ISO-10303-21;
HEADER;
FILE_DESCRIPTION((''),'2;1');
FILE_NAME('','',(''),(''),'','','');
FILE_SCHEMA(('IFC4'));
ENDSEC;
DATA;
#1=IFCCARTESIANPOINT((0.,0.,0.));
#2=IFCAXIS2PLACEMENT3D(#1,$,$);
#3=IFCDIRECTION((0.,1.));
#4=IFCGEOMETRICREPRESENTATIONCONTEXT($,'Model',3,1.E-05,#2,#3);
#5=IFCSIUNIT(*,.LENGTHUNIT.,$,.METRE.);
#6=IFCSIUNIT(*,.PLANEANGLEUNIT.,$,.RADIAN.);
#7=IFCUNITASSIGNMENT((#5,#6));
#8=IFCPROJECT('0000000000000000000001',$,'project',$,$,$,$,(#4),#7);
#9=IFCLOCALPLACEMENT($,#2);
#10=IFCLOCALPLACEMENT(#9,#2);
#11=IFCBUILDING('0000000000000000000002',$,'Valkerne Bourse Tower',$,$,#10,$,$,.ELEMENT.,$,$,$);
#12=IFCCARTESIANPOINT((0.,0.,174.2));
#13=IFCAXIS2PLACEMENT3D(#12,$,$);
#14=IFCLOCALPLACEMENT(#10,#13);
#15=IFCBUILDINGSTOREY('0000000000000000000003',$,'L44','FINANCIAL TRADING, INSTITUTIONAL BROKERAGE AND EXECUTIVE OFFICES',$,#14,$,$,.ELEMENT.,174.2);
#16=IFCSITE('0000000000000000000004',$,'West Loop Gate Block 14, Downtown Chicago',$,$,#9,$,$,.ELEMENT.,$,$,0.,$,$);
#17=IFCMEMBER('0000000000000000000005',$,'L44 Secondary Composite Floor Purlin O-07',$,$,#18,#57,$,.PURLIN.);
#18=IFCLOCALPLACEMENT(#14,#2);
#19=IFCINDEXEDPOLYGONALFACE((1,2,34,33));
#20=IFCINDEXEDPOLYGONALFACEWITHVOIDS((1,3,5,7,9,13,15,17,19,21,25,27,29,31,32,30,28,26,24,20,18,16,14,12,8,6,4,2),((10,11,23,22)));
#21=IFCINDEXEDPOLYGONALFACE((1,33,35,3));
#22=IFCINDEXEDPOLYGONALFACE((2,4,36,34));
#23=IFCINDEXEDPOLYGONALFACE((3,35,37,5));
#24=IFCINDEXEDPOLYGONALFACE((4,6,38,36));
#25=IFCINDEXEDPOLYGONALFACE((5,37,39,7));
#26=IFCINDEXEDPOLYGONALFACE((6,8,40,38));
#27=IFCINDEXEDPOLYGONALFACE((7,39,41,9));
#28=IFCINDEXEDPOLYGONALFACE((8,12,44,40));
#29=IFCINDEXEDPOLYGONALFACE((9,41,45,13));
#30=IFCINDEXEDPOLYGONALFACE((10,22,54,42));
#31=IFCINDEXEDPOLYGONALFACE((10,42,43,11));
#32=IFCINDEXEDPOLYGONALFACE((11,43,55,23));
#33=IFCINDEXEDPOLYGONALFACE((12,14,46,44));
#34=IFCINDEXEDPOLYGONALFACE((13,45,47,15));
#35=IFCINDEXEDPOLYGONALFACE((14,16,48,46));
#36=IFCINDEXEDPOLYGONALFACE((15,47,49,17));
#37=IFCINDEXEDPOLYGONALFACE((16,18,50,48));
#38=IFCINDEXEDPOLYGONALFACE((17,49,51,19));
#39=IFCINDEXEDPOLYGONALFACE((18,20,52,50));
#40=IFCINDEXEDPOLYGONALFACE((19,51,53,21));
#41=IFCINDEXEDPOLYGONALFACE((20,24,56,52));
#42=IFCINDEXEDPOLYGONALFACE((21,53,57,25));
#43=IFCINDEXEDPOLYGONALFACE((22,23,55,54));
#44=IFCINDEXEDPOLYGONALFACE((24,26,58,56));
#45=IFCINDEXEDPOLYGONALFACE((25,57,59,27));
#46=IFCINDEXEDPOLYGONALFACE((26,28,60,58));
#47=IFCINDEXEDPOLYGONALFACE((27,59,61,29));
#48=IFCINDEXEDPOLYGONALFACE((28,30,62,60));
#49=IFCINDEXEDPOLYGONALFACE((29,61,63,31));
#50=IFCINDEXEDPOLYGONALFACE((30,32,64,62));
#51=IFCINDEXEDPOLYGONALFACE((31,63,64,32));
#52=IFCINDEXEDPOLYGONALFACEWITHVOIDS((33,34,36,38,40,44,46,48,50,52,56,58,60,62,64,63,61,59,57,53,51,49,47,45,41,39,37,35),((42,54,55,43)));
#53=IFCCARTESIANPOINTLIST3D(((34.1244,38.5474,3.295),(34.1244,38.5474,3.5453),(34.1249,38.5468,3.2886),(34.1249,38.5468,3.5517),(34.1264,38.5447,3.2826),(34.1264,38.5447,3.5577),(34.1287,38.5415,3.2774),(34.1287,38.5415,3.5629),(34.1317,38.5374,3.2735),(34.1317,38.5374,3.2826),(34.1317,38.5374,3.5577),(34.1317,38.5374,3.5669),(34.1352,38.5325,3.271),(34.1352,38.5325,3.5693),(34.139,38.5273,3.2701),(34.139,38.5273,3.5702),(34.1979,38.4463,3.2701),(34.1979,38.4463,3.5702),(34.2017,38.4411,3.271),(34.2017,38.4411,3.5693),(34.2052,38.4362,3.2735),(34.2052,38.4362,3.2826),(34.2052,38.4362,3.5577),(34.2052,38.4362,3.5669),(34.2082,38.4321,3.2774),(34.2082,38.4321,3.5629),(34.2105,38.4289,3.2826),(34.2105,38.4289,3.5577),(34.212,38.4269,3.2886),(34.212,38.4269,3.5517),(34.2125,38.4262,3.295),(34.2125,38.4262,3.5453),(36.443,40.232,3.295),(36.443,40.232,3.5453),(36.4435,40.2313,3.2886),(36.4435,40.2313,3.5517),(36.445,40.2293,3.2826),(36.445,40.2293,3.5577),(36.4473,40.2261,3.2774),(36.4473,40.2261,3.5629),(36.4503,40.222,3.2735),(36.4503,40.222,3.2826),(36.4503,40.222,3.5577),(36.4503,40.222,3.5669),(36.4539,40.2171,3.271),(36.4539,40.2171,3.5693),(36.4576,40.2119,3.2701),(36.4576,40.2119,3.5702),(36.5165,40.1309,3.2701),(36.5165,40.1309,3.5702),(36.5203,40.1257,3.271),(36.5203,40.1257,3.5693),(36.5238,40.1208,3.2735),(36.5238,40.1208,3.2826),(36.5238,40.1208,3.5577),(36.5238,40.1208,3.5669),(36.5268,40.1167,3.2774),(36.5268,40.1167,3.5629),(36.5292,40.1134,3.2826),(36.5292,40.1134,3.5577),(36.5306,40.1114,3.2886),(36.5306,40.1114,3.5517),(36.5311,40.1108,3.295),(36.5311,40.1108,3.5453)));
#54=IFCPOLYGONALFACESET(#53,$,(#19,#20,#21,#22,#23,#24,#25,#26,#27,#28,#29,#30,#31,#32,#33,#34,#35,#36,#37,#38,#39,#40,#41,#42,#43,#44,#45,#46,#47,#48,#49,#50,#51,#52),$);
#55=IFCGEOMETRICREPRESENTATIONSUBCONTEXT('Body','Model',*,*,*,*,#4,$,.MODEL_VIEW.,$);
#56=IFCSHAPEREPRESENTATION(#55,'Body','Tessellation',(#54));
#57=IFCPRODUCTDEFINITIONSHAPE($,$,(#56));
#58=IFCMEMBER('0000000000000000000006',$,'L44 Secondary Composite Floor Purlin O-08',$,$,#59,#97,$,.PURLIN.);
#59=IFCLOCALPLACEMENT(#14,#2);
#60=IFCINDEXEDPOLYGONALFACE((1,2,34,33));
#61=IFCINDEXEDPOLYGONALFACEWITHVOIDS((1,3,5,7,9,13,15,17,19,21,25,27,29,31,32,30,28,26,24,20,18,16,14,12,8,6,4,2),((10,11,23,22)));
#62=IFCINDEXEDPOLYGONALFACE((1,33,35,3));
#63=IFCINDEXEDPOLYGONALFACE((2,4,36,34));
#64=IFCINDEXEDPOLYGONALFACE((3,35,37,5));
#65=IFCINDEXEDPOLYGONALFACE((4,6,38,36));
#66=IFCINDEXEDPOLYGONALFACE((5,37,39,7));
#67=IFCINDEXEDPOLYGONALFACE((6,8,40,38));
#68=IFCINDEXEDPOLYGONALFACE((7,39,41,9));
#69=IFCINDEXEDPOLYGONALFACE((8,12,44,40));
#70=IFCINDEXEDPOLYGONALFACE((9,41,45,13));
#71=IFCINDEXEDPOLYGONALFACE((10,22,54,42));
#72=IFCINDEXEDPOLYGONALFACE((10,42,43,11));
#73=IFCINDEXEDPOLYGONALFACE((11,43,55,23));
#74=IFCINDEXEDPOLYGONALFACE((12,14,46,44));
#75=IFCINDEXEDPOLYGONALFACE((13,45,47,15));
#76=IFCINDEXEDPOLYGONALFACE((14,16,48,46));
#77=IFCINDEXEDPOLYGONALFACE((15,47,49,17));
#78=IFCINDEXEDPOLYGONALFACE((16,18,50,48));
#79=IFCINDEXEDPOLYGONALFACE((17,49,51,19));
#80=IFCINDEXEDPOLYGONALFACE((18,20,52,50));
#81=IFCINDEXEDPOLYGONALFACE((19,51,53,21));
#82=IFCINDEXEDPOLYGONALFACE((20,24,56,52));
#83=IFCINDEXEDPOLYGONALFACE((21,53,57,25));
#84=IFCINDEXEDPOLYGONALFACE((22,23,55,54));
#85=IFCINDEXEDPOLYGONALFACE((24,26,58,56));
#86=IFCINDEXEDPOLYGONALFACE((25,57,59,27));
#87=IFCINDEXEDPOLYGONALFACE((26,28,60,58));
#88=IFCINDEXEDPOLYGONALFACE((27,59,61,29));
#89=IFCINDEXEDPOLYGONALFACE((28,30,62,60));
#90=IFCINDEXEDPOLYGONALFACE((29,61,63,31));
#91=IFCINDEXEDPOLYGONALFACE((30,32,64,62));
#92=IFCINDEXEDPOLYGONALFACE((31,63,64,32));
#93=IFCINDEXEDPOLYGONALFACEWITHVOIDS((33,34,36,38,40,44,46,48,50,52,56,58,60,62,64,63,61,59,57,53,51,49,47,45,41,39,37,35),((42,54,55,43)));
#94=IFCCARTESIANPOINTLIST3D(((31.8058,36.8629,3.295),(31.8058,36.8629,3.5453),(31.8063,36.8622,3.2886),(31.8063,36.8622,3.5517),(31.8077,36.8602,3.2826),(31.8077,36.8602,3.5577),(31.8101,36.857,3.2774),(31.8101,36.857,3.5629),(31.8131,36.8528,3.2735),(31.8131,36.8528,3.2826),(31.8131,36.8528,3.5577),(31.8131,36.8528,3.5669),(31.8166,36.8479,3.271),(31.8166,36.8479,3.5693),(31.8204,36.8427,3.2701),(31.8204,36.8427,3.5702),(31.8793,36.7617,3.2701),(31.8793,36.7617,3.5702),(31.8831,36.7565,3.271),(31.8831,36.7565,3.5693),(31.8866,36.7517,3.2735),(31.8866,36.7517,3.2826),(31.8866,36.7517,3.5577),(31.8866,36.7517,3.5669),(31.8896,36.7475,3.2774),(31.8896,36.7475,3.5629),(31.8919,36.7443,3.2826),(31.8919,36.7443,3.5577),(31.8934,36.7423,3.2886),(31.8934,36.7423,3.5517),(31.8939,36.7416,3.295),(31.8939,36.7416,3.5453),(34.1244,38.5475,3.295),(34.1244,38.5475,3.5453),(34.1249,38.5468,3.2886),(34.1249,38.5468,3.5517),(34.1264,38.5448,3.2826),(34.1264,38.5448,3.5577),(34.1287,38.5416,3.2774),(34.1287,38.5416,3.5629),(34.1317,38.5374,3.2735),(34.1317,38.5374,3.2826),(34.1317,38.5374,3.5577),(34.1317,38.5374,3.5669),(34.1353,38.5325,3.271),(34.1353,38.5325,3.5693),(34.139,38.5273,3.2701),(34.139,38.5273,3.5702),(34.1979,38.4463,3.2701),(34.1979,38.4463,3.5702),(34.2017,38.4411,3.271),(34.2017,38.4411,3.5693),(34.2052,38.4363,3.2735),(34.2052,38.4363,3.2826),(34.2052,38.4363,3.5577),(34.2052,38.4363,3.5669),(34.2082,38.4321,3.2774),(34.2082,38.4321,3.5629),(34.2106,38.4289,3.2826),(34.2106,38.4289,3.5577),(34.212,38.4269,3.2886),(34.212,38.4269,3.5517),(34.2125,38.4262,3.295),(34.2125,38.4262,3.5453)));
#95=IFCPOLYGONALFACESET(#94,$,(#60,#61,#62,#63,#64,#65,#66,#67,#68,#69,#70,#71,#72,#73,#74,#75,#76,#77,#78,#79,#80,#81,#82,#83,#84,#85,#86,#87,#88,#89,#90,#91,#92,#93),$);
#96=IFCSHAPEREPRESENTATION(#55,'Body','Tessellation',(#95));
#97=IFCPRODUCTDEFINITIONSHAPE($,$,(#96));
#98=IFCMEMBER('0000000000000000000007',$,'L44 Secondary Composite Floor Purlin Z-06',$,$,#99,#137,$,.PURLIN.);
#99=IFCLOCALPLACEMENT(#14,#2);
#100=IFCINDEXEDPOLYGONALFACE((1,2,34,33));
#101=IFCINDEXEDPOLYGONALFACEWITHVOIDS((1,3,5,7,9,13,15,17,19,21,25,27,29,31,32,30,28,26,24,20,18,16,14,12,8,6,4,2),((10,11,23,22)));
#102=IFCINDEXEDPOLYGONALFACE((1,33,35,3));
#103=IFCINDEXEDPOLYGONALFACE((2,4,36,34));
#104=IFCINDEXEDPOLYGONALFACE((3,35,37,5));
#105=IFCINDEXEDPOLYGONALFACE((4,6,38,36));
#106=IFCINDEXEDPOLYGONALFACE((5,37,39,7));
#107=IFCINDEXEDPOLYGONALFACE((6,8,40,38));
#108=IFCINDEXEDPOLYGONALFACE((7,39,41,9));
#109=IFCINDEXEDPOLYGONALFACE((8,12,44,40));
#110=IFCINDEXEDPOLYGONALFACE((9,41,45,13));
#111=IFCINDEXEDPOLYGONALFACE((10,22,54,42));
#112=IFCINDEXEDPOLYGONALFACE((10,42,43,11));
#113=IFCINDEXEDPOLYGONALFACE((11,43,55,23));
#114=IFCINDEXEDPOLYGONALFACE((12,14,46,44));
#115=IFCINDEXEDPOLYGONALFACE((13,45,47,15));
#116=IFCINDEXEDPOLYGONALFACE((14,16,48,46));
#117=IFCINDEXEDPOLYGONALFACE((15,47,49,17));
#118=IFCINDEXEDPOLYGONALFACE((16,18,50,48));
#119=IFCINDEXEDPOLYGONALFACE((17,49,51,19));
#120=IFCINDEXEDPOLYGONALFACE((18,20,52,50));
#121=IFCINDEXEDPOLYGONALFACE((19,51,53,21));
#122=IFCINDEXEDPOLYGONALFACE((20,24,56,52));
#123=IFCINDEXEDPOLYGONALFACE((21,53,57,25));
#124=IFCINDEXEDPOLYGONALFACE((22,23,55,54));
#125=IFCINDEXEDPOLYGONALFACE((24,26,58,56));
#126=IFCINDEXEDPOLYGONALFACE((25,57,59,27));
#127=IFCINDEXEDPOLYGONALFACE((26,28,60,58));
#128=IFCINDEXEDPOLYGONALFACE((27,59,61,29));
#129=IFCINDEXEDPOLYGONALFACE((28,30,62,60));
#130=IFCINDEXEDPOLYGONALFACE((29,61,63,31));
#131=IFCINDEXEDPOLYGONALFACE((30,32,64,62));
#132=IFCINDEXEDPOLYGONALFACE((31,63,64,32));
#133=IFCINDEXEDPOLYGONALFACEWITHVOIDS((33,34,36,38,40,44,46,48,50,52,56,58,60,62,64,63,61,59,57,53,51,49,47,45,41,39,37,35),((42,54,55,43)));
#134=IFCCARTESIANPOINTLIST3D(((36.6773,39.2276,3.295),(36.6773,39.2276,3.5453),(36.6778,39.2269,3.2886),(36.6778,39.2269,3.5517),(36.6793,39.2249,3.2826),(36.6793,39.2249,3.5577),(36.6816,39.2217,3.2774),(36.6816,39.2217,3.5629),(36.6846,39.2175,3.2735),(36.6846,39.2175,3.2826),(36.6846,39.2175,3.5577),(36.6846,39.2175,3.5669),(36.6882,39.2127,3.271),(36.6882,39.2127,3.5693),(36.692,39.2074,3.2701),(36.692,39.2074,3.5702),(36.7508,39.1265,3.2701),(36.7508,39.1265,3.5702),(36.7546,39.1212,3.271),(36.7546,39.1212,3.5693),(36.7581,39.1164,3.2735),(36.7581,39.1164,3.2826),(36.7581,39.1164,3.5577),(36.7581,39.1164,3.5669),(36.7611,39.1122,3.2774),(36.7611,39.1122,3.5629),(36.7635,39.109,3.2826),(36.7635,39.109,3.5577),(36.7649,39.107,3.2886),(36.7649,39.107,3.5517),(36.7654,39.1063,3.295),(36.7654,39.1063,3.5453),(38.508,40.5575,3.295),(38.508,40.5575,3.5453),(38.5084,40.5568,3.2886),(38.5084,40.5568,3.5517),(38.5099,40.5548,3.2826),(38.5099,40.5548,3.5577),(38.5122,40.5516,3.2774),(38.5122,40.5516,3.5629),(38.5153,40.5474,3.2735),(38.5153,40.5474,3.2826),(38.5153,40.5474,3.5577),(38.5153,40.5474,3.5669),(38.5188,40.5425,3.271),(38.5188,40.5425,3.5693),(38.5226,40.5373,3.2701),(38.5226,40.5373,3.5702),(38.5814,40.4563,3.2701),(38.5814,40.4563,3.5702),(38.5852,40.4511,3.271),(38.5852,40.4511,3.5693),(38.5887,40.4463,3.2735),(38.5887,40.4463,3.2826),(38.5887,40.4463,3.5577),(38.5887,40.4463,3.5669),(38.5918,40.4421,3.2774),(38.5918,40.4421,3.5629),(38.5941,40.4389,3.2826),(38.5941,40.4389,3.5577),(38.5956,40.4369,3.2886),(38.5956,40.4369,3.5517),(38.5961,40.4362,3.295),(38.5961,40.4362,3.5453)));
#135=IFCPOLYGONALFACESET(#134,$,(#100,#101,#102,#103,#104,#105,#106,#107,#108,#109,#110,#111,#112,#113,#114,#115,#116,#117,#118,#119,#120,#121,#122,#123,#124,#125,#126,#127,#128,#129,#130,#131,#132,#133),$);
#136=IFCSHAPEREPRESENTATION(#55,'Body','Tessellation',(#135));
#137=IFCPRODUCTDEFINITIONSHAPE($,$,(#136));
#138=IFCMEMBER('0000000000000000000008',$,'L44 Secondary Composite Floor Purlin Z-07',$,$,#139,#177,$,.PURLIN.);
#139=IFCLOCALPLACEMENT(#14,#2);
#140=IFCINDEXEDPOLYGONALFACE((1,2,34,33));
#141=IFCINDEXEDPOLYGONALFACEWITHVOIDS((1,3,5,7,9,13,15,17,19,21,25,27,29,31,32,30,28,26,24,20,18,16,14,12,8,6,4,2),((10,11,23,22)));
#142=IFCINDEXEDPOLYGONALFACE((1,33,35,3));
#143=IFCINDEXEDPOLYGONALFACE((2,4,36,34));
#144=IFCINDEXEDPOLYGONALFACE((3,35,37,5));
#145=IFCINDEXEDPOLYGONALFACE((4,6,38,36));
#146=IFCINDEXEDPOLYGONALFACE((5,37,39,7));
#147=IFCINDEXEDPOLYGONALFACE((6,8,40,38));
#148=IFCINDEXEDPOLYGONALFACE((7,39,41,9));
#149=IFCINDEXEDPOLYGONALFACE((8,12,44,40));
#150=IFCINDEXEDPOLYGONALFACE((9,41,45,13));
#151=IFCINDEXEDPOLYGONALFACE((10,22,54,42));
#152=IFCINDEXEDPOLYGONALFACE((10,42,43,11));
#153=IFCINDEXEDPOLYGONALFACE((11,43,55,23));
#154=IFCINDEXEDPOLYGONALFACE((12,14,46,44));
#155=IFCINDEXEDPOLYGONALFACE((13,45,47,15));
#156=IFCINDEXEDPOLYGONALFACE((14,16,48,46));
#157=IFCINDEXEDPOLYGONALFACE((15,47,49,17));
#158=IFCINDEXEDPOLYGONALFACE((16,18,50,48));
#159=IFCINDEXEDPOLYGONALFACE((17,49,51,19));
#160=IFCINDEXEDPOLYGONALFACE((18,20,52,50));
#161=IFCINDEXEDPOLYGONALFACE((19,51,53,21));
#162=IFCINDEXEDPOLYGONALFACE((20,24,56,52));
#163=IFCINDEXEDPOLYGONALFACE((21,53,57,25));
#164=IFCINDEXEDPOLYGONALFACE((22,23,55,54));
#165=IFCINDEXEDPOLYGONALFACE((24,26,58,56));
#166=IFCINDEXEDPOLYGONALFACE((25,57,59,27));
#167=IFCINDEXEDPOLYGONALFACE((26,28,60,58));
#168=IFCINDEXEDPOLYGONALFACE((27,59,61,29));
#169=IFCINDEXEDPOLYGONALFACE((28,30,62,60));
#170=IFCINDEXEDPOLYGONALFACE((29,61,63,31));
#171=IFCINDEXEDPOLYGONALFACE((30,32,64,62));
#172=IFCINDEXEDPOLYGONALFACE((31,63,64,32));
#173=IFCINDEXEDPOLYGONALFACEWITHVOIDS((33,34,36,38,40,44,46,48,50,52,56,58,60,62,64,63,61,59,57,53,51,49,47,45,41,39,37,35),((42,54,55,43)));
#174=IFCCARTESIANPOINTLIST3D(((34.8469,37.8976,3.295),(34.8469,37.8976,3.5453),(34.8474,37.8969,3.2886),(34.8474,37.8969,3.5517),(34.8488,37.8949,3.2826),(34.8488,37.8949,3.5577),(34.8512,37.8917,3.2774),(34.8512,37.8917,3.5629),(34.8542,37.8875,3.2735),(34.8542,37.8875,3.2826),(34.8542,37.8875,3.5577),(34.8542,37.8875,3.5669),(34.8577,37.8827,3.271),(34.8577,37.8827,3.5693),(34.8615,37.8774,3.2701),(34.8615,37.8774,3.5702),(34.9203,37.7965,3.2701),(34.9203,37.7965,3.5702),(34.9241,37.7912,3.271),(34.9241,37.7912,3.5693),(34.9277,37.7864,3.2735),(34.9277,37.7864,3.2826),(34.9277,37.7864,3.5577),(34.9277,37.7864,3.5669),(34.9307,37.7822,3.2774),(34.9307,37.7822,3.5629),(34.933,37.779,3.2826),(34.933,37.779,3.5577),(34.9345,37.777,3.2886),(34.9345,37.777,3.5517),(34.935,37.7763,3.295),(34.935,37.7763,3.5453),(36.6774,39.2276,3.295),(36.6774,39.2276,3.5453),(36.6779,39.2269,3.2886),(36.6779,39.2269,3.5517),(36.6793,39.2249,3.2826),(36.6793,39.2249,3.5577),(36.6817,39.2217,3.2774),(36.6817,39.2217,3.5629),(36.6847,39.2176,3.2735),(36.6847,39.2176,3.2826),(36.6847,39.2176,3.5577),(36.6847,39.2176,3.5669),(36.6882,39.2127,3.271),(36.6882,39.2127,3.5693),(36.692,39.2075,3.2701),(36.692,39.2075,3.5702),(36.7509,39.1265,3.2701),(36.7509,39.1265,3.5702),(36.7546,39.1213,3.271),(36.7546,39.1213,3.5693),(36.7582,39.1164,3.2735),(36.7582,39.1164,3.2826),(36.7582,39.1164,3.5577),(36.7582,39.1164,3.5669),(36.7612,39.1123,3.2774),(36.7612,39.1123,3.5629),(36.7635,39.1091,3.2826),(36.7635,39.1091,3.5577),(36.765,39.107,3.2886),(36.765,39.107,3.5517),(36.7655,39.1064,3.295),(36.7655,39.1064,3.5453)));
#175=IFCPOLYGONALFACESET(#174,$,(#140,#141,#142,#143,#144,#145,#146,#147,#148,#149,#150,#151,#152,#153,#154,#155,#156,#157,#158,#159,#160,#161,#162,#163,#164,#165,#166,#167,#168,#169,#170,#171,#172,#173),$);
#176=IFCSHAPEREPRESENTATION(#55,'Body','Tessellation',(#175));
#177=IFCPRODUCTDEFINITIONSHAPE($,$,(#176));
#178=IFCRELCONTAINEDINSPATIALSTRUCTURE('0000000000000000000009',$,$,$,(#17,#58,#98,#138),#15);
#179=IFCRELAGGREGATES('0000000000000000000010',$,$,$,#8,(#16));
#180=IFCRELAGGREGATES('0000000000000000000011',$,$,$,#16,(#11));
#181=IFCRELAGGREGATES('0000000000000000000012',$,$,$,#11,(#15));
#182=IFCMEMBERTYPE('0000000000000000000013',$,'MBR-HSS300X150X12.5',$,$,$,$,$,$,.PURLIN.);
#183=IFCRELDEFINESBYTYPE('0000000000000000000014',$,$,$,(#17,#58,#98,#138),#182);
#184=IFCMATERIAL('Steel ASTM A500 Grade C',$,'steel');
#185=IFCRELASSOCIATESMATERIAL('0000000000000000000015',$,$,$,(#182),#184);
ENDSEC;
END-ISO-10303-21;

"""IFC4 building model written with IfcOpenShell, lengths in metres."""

from ifc_helpers import new_model, si_unit, direction, frame, origin, origin_2d, place, context, subcontext, project, spatial, hollow_rectangle, extrude, material, material_profile, profile_set, type_object, element, save


model = new_model("IFC4")

# Units and contexts
model_context = context("Model", 3, precision=1e-05, world=origin(), true_north=direction((0.0, 1.0)))
body_context = subcontext(model_context, "Body", "Model", "MODEL_VIEW")
ifc_project = project(units=[si_unit("LENGTHUNIT", "METRE"), si_unit("PLANEANGLEUNIT", "RADIAN")], contexts=[model_context])

# Site, building, storey
site_placement = place(None, origin())
site = spatial("IfcSite", under=ifc_project, at=site_placement, Name="West Loop Gate Block 14, Downtown Chicago", CompositionType="ELEMENT", RefElevation=0.0)
building_placement = place(site_placement, origin())
building = spatial("IfcBuilding", under=site, at=building_placement, Name="Valkerne Bourse Tower", CompositionType="ELEMENT")
storey_placement = place(building_placement, frame((0.0, 0.0, 174.2)))
storey = spatial("IfcBuildingStorey", under=building, at=storey_placement, Name="L44", Description="FINANCIAL TRADING, INSTITUTIONAL BROKERAGE AND EXECUTIVE OFFICES", CompositionType="ELEMENT", Elevation=174.2)

# Members
ifc_material_1 = material(Name="Steel ASTM A500 Grade C", Category="steel")
ifc_material_profile_1 = material_profile(ifc_material_1, hollow_rectangle(XDim=0.1499, YDim=0.3, WallThickness=0.0125, OuterFilletRadius=0.0249, at=origin_2d()), Name="HSS300X150X12.5")
ifc_profile_set_1 = profile_set([ifc_material_profile_1], Name="Steel ASTM A500 Grade C")
member_type_1 = type_object("IfcMemberType", Name="MBR-HSS300X150X12.5", PredefinedType="PURLIN", material=ifc_profile_set_1)
for number, where, z_axis, x_axis, name in (
    (1, (36.4871, 40.1714, 3.4202), (-0.809016, -0.587787, 0.0), (0.587787, -0.809016, 0.0), "L44 Secondary Composite Floor Purlin O-07"),
    (2, (34.1685, 38.4868, 3.4202), (-0.809016, -0.587787, 0.0), (0.587787, -0.809016, 0.0), "L44 Secondary Composite Floor Purlin O-08"),
):
    element("IfcMember", number, at=place(storey_placement, frame(where, z_axis=z_axis, x_axis=x_axis)), inside=storey, type_object=member_type_1, Name=name, PredefinedType="PURLIN", context=body_context, shape_type="SweptSolid", body=[
        extrude(hollow_rectangle(XDim=0.1499, YDim=0.3, WallThickness=0.0125, OuterFilletRadius=0.0249, at=origin_2d()), origin(), (0.0, 0.0, 1.0), 2.866),
    ])
for number, where, z_axis, x_axis, name in (
    (3, (38.552, 40.4968, 3.4202), (-0.809049, -0.587742, 0.0), (0.587742, -0.809049, 0.0), "L44 Secondary Composite Floor Purlin Z-06"),
    (4, (36.7214, 39.167, 3.4202), (-0.808997, -0.587812, 0.0), (0.587812, -0.808997, 0.0), "L44 Secondary Composite Floor Purlin Z-07"),
):
    element("IfcMember", number, at=place(storey_placement, frame(where, z_axis=z_axis, x_axis=x_axis)), inside=storey, type_object=member_type_1, Name=name, PredefinedType="PURLIN", context=body_context, shape_type="SweptSolid", body=[
        extrude(hollow_rectangle(XDim=0.1499, YDim=0.3, WallThickness=0.0125, OuterFilletRadius=0.0249, at=origin_2d()), origin(), (0.0, 0.0, 1.0), 2.2627),
    ])

save(model, "model.ifc")
